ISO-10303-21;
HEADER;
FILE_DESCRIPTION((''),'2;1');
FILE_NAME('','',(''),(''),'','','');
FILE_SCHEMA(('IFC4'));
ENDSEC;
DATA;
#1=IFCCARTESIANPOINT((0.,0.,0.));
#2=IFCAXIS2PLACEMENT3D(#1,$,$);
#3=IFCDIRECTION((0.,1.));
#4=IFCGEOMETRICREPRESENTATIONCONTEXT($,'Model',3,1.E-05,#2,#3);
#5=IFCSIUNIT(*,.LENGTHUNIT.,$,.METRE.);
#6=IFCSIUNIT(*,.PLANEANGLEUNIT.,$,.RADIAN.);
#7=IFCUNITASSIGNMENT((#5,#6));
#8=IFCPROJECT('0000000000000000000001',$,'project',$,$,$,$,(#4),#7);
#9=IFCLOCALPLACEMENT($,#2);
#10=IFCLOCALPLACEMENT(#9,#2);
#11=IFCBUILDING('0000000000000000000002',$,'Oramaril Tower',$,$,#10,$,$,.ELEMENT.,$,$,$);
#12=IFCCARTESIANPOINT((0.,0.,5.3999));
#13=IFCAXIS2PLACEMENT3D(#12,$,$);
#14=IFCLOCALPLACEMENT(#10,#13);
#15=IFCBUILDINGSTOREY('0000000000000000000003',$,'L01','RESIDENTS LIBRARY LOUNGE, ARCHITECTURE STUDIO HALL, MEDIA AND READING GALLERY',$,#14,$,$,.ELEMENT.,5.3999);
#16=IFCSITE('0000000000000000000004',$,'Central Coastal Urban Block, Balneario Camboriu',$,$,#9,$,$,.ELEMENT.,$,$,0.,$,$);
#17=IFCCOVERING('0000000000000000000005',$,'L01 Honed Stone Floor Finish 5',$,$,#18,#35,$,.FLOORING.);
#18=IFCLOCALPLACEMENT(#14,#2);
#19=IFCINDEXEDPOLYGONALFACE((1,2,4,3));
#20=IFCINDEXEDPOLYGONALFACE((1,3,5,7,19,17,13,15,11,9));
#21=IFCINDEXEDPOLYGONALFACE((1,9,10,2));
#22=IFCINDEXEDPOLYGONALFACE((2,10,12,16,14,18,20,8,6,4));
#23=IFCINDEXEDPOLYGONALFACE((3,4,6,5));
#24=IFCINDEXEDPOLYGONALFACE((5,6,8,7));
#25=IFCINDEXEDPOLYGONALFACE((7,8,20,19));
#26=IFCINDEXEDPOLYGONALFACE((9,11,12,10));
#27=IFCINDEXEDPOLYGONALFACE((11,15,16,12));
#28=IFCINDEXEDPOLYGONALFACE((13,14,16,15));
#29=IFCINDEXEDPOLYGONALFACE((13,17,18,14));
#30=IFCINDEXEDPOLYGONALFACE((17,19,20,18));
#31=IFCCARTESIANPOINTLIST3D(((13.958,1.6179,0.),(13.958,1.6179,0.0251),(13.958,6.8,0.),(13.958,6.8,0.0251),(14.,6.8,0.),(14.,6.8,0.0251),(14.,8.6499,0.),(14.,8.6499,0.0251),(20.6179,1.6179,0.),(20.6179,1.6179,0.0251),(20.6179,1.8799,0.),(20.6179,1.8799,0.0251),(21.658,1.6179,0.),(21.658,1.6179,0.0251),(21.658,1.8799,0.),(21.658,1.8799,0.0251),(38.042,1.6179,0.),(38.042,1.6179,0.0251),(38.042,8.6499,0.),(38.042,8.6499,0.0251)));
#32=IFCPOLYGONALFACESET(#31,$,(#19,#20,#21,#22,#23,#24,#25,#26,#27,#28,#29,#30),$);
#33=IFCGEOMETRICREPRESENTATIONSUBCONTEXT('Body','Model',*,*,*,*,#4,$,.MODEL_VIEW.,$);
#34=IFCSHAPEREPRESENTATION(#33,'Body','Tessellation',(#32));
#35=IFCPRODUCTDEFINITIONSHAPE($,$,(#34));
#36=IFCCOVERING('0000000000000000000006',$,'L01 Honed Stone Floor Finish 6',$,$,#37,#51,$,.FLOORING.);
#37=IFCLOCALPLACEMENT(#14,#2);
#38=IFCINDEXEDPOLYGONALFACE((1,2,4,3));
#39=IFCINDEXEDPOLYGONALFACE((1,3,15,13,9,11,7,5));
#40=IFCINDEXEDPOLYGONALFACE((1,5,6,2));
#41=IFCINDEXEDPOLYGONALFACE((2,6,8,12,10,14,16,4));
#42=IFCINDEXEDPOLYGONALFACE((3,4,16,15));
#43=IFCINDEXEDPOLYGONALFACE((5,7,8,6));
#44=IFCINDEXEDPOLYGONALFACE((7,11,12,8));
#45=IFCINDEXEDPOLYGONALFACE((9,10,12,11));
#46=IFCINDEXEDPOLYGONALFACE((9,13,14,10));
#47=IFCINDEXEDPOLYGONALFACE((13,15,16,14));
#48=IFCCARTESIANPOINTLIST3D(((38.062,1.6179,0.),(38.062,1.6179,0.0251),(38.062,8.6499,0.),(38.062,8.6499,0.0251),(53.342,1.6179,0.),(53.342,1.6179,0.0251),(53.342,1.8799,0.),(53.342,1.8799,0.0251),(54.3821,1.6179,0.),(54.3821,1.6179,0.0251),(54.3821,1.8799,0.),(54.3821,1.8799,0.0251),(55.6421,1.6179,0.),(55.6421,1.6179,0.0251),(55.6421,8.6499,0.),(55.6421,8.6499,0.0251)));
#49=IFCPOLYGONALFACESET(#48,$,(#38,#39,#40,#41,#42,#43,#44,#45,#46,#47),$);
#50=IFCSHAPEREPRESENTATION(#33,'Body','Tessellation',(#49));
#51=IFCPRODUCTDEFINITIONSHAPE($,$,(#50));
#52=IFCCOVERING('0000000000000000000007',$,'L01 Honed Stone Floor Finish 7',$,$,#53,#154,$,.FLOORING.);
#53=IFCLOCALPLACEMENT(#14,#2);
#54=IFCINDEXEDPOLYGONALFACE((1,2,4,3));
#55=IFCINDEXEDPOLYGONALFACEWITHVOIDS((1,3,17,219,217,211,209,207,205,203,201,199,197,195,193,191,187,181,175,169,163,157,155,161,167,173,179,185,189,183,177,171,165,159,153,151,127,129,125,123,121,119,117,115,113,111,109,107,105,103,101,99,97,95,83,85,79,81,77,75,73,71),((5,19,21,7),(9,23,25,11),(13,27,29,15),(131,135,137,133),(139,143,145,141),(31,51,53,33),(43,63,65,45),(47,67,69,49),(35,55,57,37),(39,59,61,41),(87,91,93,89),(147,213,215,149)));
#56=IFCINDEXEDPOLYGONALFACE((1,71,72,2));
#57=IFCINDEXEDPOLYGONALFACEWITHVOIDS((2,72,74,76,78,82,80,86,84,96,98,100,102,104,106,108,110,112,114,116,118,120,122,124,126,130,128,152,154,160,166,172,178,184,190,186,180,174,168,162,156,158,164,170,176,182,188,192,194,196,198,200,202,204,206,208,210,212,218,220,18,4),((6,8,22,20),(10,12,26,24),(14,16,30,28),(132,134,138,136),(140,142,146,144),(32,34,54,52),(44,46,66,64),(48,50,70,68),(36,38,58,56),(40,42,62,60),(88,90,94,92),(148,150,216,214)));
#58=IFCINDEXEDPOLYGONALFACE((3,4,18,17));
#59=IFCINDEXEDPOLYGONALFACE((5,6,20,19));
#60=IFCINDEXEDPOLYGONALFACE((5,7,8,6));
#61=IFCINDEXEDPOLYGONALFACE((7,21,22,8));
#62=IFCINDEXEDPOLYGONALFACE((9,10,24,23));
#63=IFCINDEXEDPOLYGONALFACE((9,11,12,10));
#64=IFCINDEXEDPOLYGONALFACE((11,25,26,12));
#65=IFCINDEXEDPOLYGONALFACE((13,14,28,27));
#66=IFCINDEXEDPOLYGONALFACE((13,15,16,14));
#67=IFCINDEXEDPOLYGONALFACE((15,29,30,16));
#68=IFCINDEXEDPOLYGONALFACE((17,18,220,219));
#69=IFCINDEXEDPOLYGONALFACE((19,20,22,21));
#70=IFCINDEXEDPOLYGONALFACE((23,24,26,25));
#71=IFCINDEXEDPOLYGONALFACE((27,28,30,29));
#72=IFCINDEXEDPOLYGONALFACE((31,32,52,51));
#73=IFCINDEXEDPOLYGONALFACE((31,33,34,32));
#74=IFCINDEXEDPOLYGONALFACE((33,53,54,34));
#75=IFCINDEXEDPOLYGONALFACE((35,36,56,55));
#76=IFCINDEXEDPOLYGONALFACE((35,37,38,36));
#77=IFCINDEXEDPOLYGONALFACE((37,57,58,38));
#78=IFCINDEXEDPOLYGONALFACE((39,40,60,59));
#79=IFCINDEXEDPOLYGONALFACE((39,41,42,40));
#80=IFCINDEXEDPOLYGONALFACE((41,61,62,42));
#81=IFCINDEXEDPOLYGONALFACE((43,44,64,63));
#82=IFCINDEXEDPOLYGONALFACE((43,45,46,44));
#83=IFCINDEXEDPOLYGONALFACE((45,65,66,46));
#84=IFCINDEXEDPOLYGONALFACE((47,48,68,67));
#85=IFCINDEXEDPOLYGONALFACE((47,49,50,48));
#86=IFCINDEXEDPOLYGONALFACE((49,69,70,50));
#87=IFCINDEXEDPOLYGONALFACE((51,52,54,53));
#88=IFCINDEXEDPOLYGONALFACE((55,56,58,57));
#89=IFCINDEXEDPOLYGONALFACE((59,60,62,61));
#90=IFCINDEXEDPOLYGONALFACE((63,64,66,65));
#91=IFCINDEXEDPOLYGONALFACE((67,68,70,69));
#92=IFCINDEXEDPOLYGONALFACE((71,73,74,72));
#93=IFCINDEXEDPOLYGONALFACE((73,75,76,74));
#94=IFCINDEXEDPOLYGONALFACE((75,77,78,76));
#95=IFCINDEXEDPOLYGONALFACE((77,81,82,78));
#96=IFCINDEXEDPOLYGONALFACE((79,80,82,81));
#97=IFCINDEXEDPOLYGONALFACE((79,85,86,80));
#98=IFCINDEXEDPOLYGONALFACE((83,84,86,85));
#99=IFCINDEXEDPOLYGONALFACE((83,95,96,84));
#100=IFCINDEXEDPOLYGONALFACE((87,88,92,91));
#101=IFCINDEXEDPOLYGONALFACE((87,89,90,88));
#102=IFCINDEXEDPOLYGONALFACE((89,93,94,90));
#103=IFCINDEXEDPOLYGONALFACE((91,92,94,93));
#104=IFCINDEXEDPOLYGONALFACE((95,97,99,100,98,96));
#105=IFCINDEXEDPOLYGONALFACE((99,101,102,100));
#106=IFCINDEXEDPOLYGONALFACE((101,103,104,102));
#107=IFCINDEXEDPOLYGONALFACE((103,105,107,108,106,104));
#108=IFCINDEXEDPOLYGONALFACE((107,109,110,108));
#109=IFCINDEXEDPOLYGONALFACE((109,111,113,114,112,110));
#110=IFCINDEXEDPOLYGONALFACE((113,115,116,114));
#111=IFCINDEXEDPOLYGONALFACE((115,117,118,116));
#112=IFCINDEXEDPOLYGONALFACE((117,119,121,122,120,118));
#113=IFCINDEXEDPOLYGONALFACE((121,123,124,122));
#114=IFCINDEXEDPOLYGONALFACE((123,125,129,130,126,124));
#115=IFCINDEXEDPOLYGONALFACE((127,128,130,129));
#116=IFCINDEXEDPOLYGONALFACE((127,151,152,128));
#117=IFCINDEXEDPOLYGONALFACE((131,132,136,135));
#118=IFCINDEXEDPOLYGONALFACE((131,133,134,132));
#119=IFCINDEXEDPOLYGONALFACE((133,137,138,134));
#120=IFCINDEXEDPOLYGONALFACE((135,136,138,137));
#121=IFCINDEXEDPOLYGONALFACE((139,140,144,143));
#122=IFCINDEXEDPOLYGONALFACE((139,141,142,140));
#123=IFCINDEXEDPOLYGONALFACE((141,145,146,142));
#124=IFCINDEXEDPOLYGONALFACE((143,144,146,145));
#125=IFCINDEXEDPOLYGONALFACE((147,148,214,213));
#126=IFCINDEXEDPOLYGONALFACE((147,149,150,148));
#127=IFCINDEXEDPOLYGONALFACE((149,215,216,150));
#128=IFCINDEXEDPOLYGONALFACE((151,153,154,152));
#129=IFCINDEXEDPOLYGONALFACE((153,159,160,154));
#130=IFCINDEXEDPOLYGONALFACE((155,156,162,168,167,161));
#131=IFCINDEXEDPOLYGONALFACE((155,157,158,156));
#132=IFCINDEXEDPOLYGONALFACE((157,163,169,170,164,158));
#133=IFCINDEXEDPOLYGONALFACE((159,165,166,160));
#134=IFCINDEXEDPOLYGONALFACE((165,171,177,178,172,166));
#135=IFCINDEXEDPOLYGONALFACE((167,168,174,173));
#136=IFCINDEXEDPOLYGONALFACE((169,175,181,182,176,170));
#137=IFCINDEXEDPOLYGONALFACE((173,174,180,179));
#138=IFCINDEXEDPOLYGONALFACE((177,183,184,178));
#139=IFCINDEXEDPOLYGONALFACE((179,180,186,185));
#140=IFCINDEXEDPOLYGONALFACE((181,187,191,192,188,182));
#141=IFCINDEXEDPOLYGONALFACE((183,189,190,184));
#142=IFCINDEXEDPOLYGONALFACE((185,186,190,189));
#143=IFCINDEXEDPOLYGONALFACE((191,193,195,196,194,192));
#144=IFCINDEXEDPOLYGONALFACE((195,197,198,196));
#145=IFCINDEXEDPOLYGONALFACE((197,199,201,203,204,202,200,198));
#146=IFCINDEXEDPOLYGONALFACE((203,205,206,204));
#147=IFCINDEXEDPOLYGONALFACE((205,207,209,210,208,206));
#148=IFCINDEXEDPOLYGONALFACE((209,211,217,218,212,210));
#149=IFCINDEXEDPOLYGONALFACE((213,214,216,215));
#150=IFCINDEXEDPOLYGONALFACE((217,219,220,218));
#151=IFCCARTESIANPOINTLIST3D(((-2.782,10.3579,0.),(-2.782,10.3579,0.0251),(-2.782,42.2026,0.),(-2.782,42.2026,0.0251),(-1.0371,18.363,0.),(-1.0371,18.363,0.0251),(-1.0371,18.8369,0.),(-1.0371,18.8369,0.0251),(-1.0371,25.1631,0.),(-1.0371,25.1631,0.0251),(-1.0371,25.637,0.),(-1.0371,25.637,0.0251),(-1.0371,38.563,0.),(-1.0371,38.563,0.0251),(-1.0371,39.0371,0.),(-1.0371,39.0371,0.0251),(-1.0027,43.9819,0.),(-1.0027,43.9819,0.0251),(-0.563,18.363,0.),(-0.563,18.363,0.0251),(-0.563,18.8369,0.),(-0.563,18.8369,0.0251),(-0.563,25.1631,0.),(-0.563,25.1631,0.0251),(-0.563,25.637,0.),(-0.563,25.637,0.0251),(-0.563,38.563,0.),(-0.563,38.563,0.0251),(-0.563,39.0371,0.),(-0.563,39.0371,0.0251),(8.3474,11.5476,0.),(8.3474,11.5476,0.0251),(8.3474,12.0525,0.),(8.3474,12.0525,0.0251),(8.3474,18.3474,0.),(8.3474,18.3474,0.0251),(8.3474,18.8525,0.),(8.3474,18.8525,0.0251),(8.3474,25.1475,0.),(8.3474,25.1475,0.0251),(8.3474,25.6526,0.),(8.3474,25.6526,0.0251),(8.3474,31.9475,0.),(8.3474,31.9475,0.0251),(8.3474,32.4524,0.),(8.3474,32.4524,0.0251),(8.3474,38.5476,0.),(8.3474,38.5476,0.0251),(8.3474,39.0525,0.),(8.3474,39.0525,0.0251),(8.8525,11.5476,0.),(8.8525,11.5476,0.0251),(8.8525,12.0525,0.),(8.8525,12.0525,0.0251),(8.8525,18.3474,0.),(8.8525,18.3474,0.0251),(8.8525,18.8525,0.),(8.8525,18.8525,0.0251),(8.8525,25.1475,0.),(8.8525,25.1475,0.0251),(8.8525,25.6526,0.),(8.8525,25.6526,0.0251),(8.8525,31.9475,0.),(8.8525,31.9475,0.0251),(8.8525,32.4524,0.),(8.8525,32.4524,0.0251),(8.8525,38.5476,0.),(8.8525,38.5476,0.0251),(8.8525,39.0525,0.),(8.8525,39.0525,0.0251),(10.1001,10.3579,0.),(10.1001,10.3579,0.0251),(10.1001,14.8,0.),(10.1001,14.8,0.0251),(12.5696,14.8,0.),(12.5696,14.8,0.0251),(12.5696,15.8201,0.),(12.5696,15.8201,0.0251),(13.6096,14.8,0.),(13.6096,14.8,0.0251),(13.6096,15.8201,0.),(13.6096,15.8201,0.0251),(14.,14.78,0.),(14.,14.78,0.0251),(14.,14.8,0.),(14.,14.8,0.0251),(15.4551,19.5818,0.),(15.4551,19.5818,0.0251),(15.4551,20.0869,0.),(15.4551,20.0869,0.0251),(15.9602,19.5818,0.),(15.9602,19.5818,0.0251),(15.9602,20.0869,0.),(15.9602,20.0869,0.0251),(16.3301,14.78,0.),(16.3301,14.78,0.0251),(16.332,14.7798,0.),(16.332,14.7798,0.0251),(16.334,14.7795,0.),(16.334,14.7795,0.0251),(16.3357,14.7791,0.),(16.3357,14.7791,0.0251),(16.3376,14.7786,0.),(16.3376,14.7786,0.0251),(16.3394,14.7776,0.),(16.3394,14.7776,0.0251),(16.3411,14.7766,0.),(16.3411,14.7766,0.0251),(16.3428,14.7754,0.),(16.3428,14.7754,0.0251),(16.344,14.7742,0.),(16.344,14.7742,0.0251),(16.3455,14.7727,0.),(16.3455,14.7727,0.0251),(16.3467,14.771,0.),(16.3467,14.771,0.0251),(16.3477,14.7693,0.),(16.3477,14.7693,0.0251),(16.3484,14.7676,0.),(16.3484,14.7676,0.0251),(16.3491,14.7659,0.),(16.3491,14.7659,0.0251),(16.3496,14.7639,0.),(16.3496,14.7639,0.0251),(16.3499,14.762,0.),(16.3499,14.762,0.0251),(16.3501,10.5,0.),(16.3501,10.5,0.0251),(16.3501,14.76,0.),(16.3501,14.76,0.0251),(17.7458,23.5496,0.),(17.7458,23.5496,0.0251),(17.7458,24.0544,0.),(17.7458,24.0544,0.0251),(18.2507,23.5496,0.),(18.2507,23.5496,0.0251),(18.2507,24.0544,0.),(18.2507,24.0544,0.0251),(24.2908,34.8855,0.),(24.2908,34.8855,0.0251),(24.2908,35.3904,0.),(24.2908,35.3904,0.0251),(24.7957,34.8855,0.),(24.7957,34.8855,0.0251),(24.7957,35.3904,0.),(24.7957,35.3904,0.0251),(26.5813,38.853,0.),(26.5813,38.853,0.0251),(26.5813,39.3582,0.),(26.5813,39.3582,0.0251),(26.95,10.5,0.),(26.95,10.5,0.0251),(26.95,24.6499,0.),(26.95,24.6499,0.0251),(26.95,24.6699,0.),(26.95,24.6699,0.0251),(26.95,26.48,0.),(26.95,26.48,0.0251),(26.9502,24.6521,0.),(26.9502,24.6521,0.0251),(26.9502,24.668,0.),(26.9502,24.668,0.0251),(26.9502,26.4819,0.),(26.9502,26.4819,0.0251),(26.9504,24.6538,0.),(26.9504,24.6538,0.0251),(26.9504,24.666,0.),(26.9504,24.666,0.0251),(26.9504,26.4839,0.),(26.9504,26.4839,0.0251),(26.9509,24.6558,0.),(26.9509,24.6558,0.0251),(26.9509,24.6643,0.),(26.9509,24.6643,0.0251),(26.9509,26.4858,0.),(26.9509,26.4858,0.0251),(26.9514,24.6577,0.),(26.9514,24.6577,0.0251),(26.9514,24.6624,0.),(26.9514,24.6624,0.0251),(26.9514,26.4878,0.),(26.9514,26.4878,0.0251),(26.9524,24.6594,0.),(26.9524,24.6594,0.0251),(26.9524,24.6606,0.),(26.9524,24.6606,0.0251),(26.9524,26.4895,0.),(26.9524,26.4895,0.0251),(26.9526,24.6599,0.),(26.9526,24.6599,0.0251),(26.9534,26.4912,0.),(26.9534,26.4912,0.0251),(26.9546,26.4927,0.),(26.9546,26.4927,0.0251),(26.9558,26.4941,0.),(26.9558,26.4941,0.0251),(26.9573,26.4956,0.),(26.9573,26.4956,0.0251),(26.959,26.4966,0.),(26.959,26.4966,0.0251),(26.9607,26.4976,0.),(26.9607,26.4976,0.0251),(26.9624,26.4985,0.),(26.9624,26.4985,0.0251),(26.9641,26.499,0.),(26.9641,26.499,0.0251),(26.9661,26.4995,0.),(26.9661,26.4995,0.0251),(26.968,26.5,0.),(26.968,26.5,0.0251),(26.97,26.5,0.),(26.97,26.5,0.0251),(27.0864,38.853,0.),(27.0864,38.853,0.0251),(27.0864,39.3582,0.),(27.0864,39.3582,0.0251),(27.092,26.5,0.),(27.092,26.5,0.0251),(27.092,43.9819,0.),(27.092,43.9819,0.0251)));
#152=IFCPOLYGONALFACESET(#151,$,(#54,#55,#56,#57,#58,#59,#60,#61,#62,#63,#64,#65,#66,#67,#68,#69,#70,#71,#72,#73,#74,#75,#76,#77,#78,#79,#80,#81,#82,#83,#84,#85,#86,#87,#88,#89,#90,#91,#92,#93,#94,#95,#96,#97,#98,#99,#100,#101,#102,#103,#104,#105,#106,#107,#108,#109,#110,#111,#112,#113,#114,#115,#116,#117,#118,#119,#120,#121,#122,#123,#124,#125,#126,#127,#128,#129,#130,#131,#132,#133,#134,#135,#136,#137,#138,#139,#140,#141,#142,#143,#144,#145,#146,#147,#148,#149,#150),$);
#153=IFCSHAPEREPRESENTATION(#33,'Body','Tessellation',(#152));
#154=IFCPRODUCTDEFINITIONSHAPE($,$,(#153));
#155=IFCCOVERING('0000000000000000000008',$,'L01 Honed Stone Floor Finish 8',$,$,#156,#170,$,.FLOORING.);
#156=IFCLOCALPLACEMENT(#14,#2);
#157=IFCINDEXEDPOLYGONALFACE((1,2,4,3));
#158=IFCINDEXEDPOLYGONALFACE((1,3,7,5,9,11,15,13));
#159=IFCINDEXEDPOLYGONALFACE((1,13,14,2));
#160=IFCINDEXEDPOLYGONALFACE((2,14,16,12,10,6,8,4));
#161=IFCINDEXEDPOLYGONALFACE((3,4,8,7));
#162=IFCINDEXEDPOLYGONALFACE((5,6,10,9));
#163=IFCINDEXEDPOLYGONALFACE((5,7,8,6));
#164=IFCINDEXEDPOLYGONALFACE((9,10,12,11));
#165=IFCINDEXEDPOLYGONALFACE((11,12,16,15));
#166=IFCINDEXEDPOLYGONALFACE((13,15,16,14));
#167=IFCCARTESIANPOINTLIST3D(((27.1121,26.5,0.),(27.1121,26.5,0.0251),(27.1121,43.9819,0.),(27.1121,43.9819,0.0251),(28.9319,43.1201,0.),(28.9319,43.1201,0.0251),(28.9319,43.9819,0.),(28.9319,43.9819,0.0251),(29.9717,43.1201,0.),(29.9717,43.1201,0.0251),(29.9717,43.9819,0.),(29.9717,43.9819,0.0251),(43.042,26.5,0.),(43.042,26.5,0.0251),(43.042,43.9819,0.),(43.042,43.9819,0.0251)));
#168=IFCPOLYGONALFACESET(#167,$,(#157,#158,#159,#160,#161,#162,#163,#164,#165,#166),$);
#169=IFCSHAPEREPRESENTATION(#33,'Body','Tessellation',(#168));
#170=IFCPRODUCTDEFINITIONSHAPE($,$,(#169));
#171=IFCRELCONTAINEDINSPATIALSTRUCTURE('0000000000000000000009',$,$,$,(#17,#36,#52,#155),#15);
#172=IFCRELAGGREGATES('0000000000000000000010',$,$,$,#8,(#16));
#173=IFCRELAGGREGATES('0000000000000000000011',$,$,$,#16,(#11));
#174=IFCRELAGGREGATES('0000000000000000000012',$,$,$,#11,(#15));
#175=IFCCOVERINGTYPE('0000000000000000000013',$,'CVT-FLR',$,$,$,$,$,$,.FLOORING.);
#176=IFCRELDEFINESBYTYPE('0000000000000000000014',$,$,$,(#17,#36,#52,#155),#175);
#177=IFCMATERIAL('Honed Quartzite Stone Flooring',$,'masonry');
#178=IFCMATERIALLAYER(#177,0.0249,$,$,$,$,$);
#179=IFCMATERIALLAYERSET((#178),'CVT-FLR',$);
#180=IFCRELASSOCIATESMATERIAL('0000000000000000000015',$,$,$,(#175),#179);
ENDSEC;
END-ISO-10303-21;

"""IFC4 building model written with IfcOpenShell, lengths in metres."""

from ifc_helpers import new_model, si_unit, direction, frame, origin, place, context, subcontext, project, spatial, polyline, outline, extrude, material, layer, layer_set, type_object, element, save


model = new_model("IFC4")

# Units and contexts
model_context = context("Model", 3, precision=1e-05, world=origin(), true_north=direction((0.0, 1.0)))
body_context = subcontext(model_context, "Body", "Model", "MODEL_VIEW")
ifc_project = project(units=[si_unit("LENGTHUNIT", "METRE"), si_unit("PLANEANGLEUNIT", "RADIAN")], contexts=[model_context])

# Site, building, storey
site_placement = place(None, origin())
site = spatial("IfcSite", under=ifc_project, at=site_placement, Name="Central Coastal Urban Block, Balneario Camboriu", CompositionType="ELEMENT", RefElevation=0.0)
building_placement = place(site_placement, origin())
building = spatial("IfcBuilding", under=site, at=building_placement, Name="Oramaril Tower", CompositionType="ELEMENT")
storey_placement = place(building_placement, frame((0.0, 0.0, 5.3999)))
storey = spatial("IfcBuildingStorey", under=building, at=storey_placement, Name="L01", Description="RESIDENTS LIBRARY LOUNGE, ARCHITECTURE STUDIO HALL, MEDIA AND READING GALLERY", CompositionType="ELEMENT", Elevation=5.3999)

# Coverings
ifc_material_1 = material(Name="Honed Quartzite Stone Flooring", Category="masonry")
ifc_layer_1 = layer(ifc_material_1, 0.0249)
ifc_layer_set_1 = layer_set([ifc_layer_1], Name="CVT-FLR")
covering_type_1 = type_object("IfcCoveringType", Name="CVT-FLR", PredefinedType="FLOORING", material=ifc_layer_set_1)
covering_1_placement = place(storey_placement, origin())
element("IfcCovering", 1, at=covering_1_placement, inside=storey, type_object=covering_type_1, Name="L01 Honed Stone Floor Finish 5", PredefinedType="FLOORING", context=body_context, shape_type="SweptSolid", body=[
    extrude(outline(polyline([(14.0, 6.8), (14.0, 8.6499), (38.042, 8.6499), (38.042, 1.6179), (21.658, 1.6179), (21.658, 1.8799), (20.6179, 1.8799), (20.6179, 1.6179), (13.958, 1.6179), (13.958, 6.8), (14.0, 6.8)])), origin(), (0.0, 0.0, 1.0), 0.0251),
])
covering_2_placement = place(storey_placement, origin())
element("IfcCovering", 2, at=covering_2_placement, inside=storey, type_object=covering_type_1, Name="L01 Honed Stone Floor Finish 6", PredefinedType="FLOORING", context=body_context, shape_type="SweptSolid", body=[
    extrude(outline(polyline([(55.6421, 1.6179), (54.3821, 1.6179), (54.3821, 1.8799), (53.342, 1.8799), (53.342, 1.6179), (38.062, 1.6179), (38.062, 8.6499), (55.6421, 8.6499), (55.6421, 1.6179)])), origin(), (0.0, 0.0, 1.0), 0.0251),
])
covering_3_placement = place(storey_placement, origin())
element("IfcCovering", 3, at=covering_3_placement, inside=storey, type_object=covering_type_1, Name="L01 Honed Stone Floor Finish 7", PredefinedType="FLOORING", context=body_context, shape_type="SweptSolid", body=[
    extrude(outline(polyline([(14.0, 14.8), (13.6096, 14.8), (13.6096, 15.8201), (12.5696, 15.8201), (12.5696, 14.8), (10.1001, 14.8), (10.1001, 10.3579), (-2.782, 10.3579), (-2.782, 42.2026), (-1.0027, 43.9819), (27.092, 43.9819), (27.092, 26.5), (26.97, 26.5), (26.968, 26.5), (26.9661, 26.4995), (26.9641, 26.499), (26.9624, 26.4985), (26.9607, 26.4976), (26.959, 26.4966), (26.9573, 26.4956), (26.9558, 26.4941), (26.9546, 26.4927), (26.9534, 26.4912), (26.9524, 26.4895), (26.9514, 26.4878), (26.9509, 26.4858), (26.9504, 26.4839), (26.9502, 26.4819), (26.95, 26.48), (26.95, 24.6699), (26.9502, 24.668), (26.9504, 24.666), (26.9509, 24.6643), (26.9514, 24.6624), (26.9524, 24.6606), (26.9526, 24.6599), (26.9524, 24.6594), (26.9514, 24.6577), (26.9509, 24.6558), (26.9504, 24.6538), (26.9502, 24.6521), (26.95, 24.6499), (26.95, 10.5), (16.3501, 10.5), (16.3501, 14.76), (16.3499, 14.762), (16.3496, 14.7639), (16.3491, 14.7659), (16.3484, 14.7676), (16.3477, 14.7693), (16.3467, 14.771), (16.3455, 14.7727), (16.344, 14.7742), (16.3428, 14.7754), (16.3411, 14.7766), (16.3394, 14.7776), (16.3376, 14.7786), (16.3357, 14.7791), (16.334, 14.7795), (16.332, 14.7798), (16.3301, 14.78), (14.0, 14.78), (14.0, 14.8)]), holes=[polyline([(8.8525, 11.5476), (8.8525, 12.0525), (8.3474, 12.0525), (8.3474, 11.5476), (8.8525, 11.5476)]), polyline([(-0.563, 18.363), (-0.563, 18.8369), (-1.0371, 18.8369), (-1.0371, 18.363), (-0.563, 18.363)]), polyline([(8.8525, 18.3474), (8.8525, 18.8525), (8.3474, 18.8525), (8.3474, 18.3474), (8.8525, 18.3474)]), polyline([(15.9602, 20.0869), (15.4551, 20.0869), (15.4551, 19.5818), (15.9602, 19.5818), (15.9602, 20.0869)]), polyline([(18.2507, 23.5496), (18.2507, 24.0544), (17.7458, 24.0544), (17.7458, 23.5496), (18.2507, 23.5496)]), polyline([(-0.563, 25.1631), (-0.563, 25.637), (-1.0371, 25.637), (-1.0371, 25.1631), (-0.563, 25.1631)]), polyline([(8.8525, 25.6526), (8.3474, 25.6526), (8.3474, 25.1475), (8.8525, 25.1475), (8.8525, 25.6526)]), polyline([(8.8525, 31.9475), (8.8525, 32.4524), (8.3474, 32.4524), (8.3474, 31.9475), (8.8525, 31.9475)]), polyline([(24.7957, 34.8855), (24.7957, 35.3904), (24.2908, 35.3904), (24.2908, 34.8855), (24.7957, 34.8855)]), polyline([(8.8525, 39.0525), (8.3474, 39.0525), (8.3474, 38.5476), (8.8525, 38.5476), (8.8525, 39.0525)]), polyline([(-0.563, 38.563), (-0.563, 39.0371), (-1.0371, 39.0371), (-1.0371, 38.563), (-0.563, 38.563)]), polyline([(27.0864, 38.853), (27.0864, 39.3582), (26.5813, 39.3582), (26.5813, 38.853), (27.0864, 38.853)])]), origin(), (0.0, 0.0, 1.0), 0.0251),
])
covering_4_placement = place(storey_placement, origin())
element("IfcCovering", 4, at=covering_4_placement, inside=storey, type_object=covering_type_1, Name="L01 Honed Stone Floor Finish 8", PredefinedType="FLOORING", context=body_context, shape_type="SweptSolid", body=[
    extrude(outline(polyline([(28.9319, 43.9819), (28.9319, 43.1201), (29.9717, 43.1201), (29.9717, 43.9819), (43.042, 43.9819), (43.042, 26.5), (27.1121, 26.5), (27.1121, 43.9819), (28.9319, 43.9819)])), origin(), (0.0, 0.0, 1.0), 0.0251),
])

save(model, "model.ifc")
